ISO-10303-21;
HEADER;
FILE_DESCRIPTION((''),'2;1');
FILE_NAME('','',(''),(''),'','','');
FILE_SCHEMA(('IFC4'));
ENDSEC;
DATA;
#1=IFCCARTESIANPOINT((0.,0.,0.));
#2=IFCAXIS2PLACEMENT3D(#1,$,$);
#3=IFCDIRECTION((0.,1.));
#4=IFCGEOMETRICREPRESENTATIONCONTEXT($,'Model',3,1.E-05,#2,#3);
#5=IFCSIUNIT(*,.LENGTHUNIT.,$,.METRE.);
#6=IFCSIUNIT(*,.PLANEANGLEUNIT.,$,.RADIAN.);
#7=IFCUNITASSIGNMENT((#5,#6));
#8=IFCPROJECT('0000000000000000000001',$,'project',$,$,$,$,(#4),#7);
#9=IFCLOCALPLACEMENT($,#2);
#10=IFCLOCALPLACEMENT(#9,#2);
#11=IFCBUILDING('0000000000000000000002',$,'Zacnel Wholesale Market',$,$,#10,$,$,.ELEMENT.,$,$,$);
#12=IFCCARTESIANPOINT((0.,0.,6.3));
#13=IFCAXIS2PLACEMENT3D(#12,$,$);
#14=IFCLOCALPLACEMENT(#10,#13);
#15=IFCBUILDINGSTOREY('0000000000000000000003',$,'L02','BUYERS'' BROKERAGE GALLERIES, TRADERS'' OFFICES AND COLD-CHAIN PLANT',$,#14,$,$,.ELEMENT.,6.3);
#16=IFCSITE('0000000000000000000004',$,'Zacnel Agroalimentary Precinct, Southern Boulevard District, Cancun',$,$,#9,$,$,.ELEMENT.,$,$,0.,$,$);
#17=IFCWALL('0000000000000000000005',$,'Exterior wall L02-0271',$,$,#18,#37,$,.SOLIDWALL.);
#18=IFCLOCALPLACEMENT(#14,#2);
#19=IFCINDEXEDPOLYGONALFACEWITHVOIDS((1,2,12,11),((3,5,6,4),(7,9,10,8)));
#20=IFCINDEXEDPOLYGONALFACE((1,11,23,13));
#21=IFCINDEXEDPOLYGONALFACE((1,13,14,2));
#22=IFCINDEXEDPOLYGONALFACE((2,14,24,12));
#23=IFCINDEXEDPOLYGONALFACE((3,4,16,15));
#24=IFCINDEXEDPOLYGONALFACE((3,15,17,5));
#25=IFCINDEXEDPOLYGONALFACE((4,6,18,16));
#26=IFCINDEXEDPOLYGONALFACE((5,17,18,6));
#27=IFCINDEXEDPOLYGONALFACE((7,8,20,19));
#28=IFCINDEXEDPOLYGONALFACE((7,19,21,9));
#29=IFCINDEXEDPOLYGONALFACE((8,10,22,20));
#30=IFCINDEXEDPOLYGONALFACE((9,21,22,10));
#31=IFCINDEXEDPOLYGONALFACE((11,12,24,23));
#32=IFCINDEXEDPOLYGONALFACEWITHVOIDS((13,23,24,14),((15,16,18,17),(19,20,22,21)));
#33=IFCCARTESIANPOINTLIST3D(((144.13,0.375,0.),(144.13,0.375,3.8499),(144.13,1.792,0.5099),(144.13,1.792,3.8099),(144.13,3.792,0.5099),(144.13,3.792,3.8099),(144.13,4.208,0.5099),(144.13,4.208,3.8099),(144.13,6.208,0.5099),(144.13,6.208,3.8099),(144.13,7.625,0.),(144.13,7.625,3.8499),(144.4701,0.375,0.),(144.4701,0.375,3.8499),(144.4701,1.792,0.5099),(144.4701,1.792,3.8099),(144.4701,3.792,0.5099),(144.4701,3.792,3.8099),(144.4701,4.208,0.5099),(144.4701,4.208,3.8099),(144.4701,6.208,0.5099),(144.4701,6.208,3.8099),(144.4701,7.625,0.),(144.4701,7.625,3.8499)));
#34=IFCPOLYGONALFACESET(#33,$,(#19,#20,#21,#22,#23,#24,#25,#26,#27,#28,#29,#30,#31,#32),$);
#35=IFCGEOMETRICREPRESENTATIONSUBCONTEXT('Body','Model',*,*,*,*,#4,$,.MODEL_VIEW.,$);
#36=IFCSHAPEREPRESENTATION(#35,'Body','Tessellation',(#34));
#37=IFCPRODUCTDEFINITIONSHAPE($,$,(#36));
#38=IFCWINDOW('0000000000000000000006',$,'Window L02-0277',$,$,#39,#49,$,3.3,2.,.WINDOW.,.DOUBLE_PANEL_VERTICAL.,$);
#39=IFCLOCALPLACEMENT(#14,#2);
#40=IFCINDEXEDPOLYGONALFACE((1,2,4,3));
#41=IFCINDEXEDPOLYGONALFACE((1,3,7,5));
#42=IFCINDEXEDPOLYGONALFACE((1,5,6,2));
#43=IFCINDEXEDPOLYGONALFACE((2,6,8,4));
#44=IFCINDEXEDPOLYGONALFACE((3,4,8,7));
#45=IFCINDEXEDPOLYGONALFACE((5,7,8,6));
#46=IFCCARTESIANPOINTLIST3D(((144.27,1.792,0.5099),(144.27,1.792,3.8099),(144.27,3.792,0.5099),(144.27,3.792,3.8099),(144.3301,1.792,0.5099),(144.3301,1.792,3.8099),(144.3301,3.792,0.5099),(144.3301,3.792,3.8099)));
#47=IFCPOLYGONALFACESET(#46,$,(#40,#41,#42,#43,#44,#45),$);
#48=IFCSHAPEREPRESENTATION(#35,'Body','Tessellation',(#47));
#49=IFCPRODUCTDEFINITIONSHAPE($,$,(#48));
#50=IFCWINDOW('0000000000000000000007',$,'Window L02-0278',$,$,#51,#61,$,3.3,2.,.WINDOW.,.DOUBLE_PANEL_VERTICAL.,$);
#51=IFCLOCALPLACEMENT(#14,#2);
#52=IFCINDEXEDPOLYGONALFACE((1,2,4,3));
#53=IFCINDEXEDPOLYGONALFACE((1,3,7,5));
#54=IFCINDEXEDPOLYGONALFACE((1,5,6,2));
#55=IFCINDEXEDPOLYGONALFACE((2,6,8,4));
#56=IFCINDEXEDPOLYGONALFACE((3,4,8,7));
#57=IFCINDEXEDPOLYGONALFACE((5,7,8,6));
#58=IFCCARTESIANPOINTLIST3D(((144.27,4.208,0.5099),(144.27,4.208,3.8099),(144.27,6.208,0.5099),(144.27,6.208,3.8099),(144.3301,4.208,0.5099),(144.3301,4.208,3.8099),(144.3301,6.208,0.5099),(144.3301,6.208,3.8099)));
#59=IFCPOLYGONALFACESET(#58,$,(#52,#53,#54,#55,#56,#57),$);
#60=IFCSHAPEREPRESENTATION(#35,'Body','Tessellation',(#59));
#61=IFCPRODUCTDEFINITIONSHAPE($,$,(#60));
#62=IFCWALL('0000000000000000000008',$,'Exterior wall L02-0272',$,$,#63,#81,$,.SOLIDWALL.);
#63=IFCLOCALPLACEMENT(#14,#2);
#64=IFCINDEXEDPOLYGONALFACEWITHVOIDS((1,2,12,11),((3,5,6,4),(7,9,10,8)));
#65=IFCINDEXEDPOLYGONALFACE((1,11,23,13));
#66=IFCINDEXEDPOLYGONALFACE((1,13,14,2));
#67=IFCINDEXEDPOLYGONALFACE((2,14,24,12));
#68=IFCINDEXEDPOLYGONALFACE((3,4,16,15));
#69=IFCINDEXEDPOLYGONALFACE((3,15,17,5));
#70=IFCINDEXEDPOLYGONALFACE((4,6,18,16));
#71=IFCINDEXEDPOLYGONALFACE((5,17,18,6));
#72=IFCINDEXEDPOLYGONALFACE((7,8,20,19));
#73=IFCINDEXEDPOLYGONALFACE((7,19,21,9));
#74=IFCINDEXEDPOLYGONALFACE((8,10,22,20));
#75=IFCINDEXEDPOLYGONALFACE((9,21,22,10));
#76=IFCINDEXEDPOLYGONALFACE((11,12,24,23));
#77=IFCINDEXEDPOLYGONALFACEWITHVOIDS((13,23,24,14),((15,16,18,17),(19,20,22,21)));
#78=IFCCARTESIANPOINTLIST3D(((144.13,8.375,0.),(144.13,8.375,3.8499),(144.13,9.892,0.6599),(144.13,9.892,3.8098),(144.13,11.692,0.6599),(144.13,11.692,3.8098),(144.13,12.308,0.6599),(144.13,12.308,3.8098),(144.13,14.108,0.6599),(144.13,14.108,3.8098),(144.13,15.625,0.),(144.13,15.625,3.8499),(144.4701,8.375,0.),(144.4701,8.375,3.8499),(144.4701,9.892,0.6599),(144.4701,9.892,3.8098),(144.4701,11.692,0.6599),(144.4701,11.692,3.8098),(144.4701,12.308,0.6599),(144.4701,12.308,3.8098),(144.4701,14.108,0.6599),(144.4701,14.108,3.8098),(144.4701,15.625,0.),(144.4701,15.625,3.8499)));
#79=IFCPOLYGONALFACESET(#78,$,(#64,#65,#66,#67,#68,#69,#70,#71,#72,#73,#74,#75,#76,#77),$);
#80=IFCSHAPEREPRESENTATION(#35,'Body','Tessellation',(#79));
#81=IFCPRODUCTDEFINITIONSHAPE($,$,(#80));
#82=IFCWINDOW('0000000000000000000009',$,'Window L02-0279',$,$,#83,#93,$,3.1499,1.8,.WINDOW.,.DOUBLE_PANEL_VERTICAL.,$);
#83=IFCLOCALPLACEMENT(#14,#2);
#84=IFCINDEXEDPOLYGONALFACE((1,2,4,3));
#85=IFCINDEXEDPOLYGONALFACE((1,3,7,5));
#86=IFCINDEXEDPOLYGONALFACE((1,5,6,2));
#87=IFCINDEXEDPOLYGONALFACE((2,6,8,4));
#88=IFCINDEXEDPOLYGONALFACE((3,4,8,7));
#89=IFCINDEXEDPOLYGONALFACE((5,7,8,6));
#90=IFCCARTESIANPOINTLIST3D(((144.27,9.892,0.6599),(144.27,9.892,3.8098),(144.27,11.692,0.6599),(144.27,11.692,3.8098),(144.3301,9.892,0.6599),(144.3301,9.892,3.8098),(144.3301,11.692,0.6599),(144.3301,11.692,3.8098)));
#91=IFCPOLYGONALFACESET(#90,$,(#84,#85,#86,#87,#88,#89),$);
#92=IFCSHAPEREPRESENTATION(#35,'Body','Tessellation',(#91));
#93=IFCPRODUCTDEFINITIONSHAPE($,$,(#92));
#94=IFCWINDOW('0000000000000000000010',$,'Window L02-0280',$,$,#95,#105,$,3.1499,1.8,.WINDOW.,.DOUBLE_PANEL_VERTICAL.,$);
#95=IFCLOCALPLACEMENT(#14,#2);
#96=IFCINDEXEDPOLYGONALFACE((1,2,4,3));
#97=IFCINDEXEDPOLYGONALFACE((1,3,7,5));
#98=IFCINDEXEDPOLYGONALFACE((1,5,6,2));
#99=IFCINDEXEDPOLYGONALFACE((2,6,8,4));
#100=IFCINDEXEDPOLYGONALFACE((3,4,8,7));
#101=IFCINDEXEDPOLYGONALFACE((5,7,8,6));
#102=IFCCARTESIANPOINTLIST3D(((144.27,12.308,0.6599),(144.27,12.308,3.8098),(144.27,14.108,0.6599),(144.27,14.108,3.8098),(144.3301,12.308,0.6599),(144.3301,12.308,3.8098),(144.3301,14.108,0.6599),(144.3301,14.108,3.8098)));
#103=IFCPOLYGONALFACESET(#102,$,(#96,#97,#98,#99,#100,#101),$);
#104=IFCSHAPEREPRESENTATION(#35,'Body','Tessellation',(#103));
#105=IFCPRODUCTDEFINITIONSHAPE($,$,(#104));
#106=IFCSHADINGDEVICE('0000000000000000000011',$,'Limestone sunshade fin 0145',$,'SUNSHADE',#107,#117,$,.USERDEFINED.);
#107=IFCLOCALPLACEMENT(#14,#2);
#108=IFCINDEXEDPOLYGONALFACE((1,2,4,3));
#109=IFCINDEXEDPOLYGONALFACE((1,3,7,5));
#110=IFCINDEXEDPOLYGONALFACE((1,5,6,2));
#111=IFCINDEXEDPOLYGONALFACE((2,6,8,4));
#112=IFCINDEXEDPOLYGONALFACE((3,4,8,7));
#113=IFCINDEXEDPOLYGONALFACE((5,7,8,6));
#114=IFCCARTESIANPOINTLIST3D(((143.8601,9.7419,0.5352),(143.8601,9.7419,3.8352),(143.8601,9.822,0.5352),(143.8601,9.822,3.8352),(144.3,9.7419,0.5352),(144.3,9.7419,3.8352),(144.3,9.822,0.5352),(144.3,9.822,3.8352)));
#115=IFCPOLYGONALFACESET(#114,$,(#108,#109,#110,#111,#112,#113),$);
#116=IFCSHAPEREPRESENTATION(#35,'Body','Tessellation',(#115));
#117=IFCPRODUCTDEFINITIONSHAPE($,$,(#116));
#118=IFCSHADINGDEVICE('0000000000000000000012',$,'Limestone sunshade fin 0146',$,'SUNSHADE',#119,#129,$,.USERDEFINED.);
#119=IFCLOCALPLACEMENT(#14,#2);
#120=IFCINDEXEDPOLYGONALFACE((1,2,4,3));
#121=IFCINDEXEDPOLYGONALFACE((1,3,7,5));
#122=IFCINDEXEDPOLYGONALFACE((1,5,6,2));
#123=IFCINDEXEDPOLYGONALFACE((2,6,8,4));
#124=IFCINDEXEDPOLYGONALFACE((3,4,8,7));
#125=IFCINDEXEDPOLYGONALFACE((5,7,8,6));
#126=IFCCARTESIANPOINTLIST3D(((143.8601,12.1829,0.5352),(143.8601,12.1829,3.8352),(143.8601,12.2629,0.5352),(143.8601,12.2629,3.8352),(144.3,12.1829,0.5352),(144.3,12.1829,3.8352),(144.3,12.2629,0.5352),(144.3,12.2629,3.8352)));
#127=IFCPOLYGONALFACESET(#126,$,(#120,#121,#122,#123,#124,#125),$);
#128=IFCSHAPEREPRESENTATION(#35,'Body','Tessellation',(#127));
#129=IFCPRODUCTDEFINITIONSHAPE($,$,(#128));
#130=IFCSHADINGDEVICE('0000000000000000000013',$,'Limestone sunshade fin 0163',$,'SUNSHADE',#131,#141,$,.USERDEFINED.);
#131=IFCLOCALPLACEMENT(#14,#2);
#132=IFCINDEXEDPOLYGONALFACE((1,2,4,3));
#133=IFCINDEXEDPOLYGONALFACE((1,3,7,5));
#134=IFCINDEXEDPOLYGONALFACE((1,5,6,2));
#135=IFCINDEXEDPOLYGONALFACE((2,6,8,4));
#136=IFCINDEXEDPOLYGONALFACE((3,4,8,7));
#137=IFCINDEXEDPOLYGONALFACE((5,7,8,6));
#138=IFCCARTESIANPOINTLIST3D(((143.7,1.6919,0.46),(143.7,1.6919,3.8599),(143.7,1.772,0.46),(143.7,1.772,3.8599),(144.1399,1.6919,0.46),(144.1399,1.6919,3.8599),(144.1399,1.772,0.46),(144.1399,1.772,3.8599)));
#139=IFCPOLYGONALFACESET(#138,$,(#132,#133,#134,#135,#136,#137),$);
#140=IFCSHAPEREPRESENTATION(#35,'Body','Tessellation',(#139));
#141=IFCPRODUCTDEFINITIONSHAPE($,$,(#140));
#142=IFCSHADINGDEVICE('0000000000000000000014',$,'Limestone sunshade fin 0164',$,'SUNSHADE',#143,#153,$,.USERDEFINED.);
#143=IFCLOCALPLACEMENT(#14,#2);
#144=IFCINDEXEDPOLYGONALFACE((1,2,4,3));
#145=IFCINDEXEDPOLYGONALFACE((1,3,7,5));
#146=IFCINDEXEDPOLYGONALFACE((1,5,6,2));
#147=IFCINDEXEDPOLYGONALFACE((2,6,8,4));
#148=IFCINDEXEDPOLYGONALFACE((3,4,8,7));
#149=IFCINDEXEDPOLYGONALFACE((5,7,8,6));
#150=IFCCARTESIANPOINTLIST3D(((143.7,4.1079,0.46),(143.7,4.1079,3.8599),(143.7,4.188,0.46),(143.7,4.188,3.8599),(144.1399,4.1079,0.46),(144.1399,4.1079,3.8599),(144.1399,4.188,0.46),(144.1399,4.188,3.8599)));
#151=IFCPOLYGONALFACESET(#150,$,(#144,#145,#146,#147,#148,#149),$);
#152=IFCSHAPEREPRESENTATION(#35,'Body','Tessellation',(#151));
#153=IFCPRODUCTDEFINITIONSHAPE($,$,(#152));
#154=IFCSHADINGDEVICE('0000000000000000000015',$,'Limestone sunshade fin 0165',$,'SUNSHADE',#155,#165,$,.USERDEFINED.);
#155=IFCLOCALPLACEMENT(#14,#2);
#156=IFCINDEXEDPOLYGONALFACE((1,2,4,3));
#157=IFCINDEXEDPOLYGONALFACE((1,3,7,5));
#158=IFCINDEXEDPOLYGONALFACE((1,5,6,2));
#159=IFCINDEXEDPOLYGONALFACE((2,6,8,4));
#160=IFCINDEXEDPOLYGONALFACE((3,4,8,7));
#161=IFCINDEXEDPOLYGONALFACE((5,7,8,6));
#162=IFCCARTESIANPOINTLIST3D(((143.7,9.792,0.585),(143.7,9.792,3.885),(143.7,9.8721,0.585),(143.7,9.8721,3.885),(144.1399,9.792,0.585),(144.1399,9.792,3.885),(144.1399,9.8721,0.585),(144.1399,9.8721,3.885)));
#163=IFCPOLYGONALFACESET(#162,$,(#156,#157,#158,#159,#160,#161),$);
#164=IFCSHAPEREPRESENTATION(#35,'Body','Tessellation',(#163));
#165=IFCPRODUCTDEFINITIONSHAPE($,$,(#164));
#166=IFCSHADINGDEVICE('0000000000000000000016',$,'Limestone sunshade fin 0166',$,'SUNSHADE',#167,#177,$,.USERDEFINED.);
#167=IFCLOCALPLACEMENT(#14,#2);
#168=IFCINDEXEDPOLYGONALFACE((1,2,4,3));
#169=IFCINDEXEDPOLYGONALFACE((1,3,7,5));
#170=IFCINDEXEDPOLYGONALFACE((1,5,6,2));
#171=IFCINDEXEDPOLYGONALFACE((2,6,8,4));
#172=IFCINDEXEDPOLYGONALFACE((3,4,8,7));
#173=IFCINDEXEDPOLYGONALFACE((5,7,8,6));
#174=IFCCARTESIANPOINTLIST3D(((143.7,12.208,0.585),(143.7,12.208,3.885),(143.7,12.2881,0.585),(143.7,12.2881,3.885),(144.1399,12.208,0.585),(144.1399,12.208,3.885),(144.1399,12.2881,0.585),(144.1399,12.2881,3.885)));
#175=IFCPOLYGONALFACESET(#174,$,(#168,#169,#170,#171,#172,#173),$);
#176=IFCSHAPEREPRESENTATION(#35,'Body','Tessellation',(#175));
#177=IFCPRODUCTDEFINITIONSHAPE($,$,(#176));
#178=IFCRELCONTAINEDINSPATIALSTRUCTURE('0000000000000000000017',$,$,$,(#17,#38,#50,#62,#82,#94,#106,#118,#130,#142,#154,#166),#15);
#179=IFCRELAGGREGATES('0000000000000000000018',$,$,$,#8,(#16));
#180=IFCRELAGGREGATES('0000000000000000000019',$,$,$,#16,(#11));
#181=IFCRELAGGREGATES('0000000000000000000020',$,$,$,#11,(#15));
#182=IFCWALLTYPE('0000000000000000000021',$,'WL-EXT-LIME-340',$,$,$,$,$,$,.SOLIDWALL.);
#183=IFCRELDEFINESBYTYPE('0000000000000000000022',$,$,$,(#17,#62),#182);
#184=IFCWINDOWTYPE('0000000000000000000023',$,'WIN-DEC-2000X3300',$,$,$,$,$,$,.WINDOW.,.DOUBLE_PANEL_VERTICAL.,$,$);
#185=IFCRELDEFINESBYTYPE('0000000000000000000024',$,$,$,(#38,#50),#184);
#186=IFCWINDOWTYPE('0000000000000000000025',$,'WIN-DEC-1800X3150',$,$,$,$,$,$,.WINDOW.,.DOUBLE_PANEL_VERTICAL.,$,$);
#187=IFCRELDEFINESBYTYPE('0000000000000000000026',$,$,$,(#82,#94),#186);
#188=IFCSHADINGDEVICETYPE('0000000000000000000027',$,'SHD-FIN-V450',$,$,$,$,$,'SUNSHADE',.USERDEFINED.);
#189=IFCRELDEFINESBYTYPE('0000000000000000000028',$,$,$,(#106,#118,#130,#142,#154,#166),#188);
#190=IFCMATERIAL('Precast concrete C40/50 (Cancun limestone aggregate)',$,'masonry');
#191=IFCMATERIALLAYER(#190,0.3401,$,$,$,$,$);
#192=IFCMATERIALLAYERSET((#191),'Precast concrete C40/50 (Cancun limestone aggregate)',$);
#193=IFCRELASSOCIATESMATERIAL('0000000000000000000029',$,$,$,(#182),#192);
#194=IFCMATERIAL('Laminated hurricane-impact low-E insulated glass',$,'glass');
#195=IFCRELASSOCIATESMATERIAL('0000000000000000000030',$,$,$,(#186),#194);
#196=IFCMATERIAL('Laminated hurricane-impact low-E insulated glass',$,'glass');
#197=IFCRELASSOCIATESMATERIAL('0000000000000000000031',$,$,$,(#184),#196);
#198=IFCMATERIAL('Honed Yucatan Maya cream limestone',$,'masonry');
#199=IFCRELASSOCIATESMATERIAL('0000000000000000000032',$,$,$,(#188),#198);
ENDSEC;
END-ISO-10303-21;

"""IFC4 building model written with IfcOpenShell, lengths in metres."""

from ifc_helpers import new_model, si_unit, direction, frame, frame_2d, origin, origin_2d, place, context, subcontext, project, spatial, rectangle, extrude, material, layer, layer_set, type_object, element, fill, save


model = new_model("IFC4")

# Units and contexts
model_context = context("Model", 3, precision=1e-05, world=origin(), true_north=direction((0.0, 1.0)))
body_context = subcontext(model_context, "Body", "Model", "MODEL_VIEW")
ifc_project = project(units=[si_unit("LENGTHUNIT", "METRE"), si_unit("PLANEANGLEUNIT", "RADIAN")], contexts=[model_context])

# Site, building, storey
site_placement = place(None, origin())
site = spatial("IfcSite", under=ifc_project, at=site_placement, Name="Zacnel Agroalimentary Precinct, Southern Boulevard District, Cancun", CompositionType="ELEMENT", RefElevation=0.0)
building_placement = place(site_placement, origin())
building = spatial("IfcBuilding", under=site, at=building_placement, Name="Zacnel Wholesale Market", CompositionType="ELEMENT")
storey_placement = place(building_placement, frame((0.0, 0.0, 6.3)))
storey = spatial("IfcBuildingStorey", under=building, at=storey_placement, Name="L02", Description="BUYERS' BROKERAGE GALLERIES, TRADERS' OFFICES AND COLD-CHAIN PLANT", CompositionType="ELEMENT", Elevation=6.3)

# Walls, openings, windows
ifc_material_1 = material(Name="Precast concrete C40/50 (Cancun limestone aggregate)", Category="masonry")
ifc_layer = layer(ifc_material_1, 0.3401)
ifc_layer_set = layer_set([ifc_layer], Name="Precast concrete C40/50 (Cancun limestone aggregate)")
wall_type = type_object("IfcWallType", Name="WL-EXT-LIME-340", PredefinedType="SOLIDWALL", material=ifc_layer_set)
ifc_material_2 = material(Name="Laminated hurricane-impact low-E insulated glass", Category="glass")
window_type_1 = type_object("IfcWindowType", Name="WIN-DEC-1800X3150", PartitioningType="DOUBLE_PANEL_VERTICAL", PredefinedType="WINDOW", material=ifc_material_2)
wall_1_placement = place(storey_placement, frame((144.3, 0.375, 0.0), z_axis=(0.0, 0.0, 1.0), x_axis=(0.0, 1.0, 0.0)))
wall_1 = element("IfcWall", 1, at=wall_1_placement, inside=storey, type_object=wall_type, Name="Exterior wall L02-0271", PredefinedType="SOLIDWALL", context=body_context, shape_type="SweptSolid", body=[
    extrude(rectangle(XDim=7.25, YDim=0.3401, at=frame_2d((3.625, 0.0))), origin(), (0.0, 0.0, 1.0), 3.8499),
])
opening_1_placement = place(wall_1_placement, frame((1.417, 0.0, 0.51)))
opening_1 = element("IfcOpeningElement", 2, at=opening_1_placement, cuts=wall_1, PredefinedType="OPENING", context=body_context, shape_type="SweptSolid", body=[
    extrude(rectangle(XDim=2.0, YDim=3.3, at=frame_2d((1.0, 1.6499))), frame((0.0, 0.1799, 0.0), z_axis=(0.0, -1.0, 0.0), x_axis=(1.0, 0.0, 0.0)), (0.0, 0.0, 1.0), 0.3601),
])
opening_2_placement = place(wall_1_placement, frame((3.833, 0.0, 0.51)))
opening_2 = element("IfcOpeningElement", 3, at=opening_2_placement, cuts=wall_1, PredefinedType="OPENING", context=body_context, shape_type="SweptSolid", body=[
    extrude(rectangle(XDim=2.0, YDim=3.3, at=frame_2d((1.0, 1.6499))), frame((0.0, 0.1799, 0.0), z_axis=(0.0, -1.0, 0.0), x_axis=(1.0, 0.0, 0.0)), (0.0, 0.0, 1.0), 0.3601),
])
ifc_material_3 = material(Name="Laminated hurricane-impact low-E insulated glass", Category="glass")
window_type_2 = type_object("IfcWindowType", Name="WIN-DEC-2000X3300", PartitioningType="DOUBLE_PANEL_VERTICAL", PredefinedType="WINDOW", material=ifc_material_3)
window_1_placement = place(opening_1_placement, origin())
window_1 = element("IfcWindow", 4, at=window_1_placement, inside=storey, type_object=window_type_2, Name="Window L02-0277", OverallHeight=3.3, OverallWidth=2.0, PartitioningType="DOUBLE_PANEL_VERTICAL", PredefinedType="WINDOW", context=body_context, shape_type="SweptSolid", body=[
    extrude(rectangle(XDim=2.0, YDim=3.3, at=frame_2d((1.0, 1.6499))), frame((0.0, 0.03, 0.0), z_axis=(0.0, -1.0, 0.0), x_axis=(1.0, 0.0, 0.0)), (0.0, 0.0, 1.0), 0.0601),
])
fill(opening_1, window_1)
window_2_placement = place(opening_2_placement, origin())
window_2 = element("IfcWindow", 5, at=window_2_placement, inside=storey, type_object=window_type_2, Name="Window L02-0278", OverallHeight=3.3, OverallWidth=2.0, PartitioningType="DOUBLE_PANEL_VERTICAL", PredefinedType="WINDOW", context=body_context, shape_type="SweptSolid", body=[
    extrude(rectangle(XDim=2.0, YDim=3.3, at=frame_2d((1.0, 1.6499))), frame((0.0, 0.03, 0.0), z_axis=(0.0, -1.0, 0.0), x_axis=(1.0, 0.0, 0.0)), (0.0, 0.0, 1.0), 0.0601),
])
fill(opening_2, window_2)
wall_2_placement = place(storey_placement, frame((144.3, 8.375, 0.0), z_axis=(0.0, 0.0, 1.0), x_axis=(0.0, 1.0, 0.0)))
wall_2 = element("IfcWall", 6, at=wall_2_placement, inside=storey, type_object=wall_type, Name="Exterior wall L02-0272", PredefinedType="SOLIDWALL", context=body_context, shape_type="SweptSolid", body=[
    extrude(rectangle(XDim=7.25, YDim=0.3401, at=frame_2d((3.625, 0.0))), origin(), (0.0, 0.0, 1.0), 3.8499),
])
opening_3_placement = place(wall_2_placement, frame((1.5171, 0.0, 0.6599)))
opening_3 = element("IfcOpeningElement", 7, at=opening_3_placement, cuts=wall_2, PredefinedType="OPENING", context=body_context, shape_type="SweptSolid", body=[
    extrude(rectangle(XDim=1.8, YDim=3.1499, at=frame_2d((0.8999, 1.575))), frame((0.0, 0.1799, 0.0), z_axis=(0.0, -1.0, 0.0), x_axis=(1.0, 0.0, 0.0)), (0.0, 0.0, 1.0), 0.3601),
])
opening_4_placement = place(wall_2_placement, frame((3.9331, 0.0, 0.6599)))
opening_4 = element("IfcOpeningElement", 8, at=opening_4_placement, cuts=wall_2, PredefinedType="OPENING", context=body_context, shape_type="SweptSolid", body=[
    extrude(rectangle(XDim=1.8, YDim=3.1499, at=frame_2d((0.8999, 1.575))), frame((0.0, 0.1799, 0.0), z_axis=(0.0, -1.0, 0.0), x_axis=(1.0, 0.0, 0.0)), (0.0, 0.0, 1.0), 0.3601),
])
window_3_placement = place(opening_3_placement, origin())
window_3 = element("IfcWindow", 9, at=window_3_placement, inside=storey, type_object=window_type_1, Name="Window L02-0279", OverallHeight=3.1499, OverallWidth=1.8, PartitioningType="DOUBLE_PANEL_VERTICAL", PredefinedType="WINDOW", context=body_context, shape_type="SweptSolid", body=[
    extrude(rectangle(XDim=1.8, YDim=3.1499, at=frame_2d((0.8999, 1.575))), frame((0.0, 0.03, 0.0), z_axis=(0.0, -1.0, 0.0), x_axis=(1.0, 0.0, 0.0)), (0.0, 0.0, 1.0), 0.0601),
])
fill(opening_3, window_3)
window_4_placement = place(opening_4_placement, origin())
window_4 = element("IfcWindow", 10, at=window_4_placement, inside=storey, type_object=window_type_1, Name="Window L02-0280", OverallHeight=3.1499, OverallWidth=1.8, PartitioningType="DOUBLE_PANEL_VERTICAL", PredefinedType="WINDOW", context=body_context, shape_type="SweptSolid", body=[
    extrude(rectangle(XDim=1.8, YDim=3.1499, at=frame_2d((0.8999, 1.575))), frame((0.0, 0.03, 0.0), z_axis=(0.0, -1.0, 0.0), x_axis=(1.0, 0.0, 0.0)), (0.0, 0.0, 1.0), 0.0601),
])
fill(opening_4, window_4)

# Shading devices
ifc_material_4 = material(Name="Honed Yucatan Maya cream limestone", Category="masonry")
shading_device_type = type_object("IfcShadingDeviceType", Name="SHD-FIN-V450", ElementType="SUNSHADE", PredefinedType="USERDEFINED", material=ifc_material_4)
for number, where, z_axis, x_axis, name in (
    (11, (144.0801, 9.782, 0.5352), (0.0, 0.0, 1.0), (0.0, 1.0, 0.0), "Limestone sunshade fin 0145"),
    (12, (144.0801, 12.2229, 0.5352), (0.0, 0.0, 1.0), (0.0, 1.0, 0.0), "Limestone sunshade fin 0146"),
):
    element("IfcShadingDevice", number, at=place(storey_placement, frame(where, z_axis=z_axis, x_axis=x_axis)), inside=storey, type_object=shading_device_type, Name=name, ObjectType="SUNSHADE", PredefinedType="USERDEFINED", context=body_context, shape_type="SweptSolid", body=[
        extrude(rectangle(XDim=0.0801, YDim=0.4399, at=origin_2d()), origin(), (0.0, 0.0, 1.0), 3.3),
    ])
for number, where, z_axis, x_axis, name in (
    (13, (143.9199, 1.7319, 0.46), (0.0, 0.0, 1.0), (0.0, 1.0, 0.0), "Limestone sunshade fin 0163"),
    (14, (143.9199, 4.1479, 0.46), (0.0, 0.0, 1.0), (0.0, 1.0, 0.0), "Limestone sunshade fin 0164"),
):
    element("IfcShadingDevice", number, at=place(storey_placement, frame(where, z_axis=z_axis, x_axis=x_axis)), inside=storey, type_object=shading_device_type, Name=name, ObjectType="SUNSHADE", PredefinedType="USERDEFINED", context=body_context, shape_type="SweptSolid", body=[
        extrude(rectangle(XDim=0.0801, YDim=0.4399, at=origin_2d()), origin(), (0.0, 0.0, 1.0), 3.3999),
    ])
for number, where, z_axis, x_axis, name in (
    (15, (143.9199, 9.832, 0.585), (0.0, 0.0, 1.0), (0.0, 1.0, 0.0), "Limestone sunshade fin 0165"),
    (16, (143.9199, 12.248, 0.585), (0.0, 0.0, 1.0), (0.0, 1.0, 0.0), "Limestone sunshade fin 0166"),
):
    element("IfcShadingDevice", number, at=place(storey_placement, frame(where, z_axis=z_axis, x_axis=x_axis)), inside=storey, type_object=shading_device_type, Name=name, ObjectType="SUNSHADE", PredefinedType="USERDEFINED", context=body_context, shape_type="SweptSolid", body=[
        extrude(rectangle(XDim=0.0801, YDim=0.4399, at=origin_2d()), origin(), (0.0, 0.0, 1.0), 3.3),
    ])

save(model, "model.ifc")
